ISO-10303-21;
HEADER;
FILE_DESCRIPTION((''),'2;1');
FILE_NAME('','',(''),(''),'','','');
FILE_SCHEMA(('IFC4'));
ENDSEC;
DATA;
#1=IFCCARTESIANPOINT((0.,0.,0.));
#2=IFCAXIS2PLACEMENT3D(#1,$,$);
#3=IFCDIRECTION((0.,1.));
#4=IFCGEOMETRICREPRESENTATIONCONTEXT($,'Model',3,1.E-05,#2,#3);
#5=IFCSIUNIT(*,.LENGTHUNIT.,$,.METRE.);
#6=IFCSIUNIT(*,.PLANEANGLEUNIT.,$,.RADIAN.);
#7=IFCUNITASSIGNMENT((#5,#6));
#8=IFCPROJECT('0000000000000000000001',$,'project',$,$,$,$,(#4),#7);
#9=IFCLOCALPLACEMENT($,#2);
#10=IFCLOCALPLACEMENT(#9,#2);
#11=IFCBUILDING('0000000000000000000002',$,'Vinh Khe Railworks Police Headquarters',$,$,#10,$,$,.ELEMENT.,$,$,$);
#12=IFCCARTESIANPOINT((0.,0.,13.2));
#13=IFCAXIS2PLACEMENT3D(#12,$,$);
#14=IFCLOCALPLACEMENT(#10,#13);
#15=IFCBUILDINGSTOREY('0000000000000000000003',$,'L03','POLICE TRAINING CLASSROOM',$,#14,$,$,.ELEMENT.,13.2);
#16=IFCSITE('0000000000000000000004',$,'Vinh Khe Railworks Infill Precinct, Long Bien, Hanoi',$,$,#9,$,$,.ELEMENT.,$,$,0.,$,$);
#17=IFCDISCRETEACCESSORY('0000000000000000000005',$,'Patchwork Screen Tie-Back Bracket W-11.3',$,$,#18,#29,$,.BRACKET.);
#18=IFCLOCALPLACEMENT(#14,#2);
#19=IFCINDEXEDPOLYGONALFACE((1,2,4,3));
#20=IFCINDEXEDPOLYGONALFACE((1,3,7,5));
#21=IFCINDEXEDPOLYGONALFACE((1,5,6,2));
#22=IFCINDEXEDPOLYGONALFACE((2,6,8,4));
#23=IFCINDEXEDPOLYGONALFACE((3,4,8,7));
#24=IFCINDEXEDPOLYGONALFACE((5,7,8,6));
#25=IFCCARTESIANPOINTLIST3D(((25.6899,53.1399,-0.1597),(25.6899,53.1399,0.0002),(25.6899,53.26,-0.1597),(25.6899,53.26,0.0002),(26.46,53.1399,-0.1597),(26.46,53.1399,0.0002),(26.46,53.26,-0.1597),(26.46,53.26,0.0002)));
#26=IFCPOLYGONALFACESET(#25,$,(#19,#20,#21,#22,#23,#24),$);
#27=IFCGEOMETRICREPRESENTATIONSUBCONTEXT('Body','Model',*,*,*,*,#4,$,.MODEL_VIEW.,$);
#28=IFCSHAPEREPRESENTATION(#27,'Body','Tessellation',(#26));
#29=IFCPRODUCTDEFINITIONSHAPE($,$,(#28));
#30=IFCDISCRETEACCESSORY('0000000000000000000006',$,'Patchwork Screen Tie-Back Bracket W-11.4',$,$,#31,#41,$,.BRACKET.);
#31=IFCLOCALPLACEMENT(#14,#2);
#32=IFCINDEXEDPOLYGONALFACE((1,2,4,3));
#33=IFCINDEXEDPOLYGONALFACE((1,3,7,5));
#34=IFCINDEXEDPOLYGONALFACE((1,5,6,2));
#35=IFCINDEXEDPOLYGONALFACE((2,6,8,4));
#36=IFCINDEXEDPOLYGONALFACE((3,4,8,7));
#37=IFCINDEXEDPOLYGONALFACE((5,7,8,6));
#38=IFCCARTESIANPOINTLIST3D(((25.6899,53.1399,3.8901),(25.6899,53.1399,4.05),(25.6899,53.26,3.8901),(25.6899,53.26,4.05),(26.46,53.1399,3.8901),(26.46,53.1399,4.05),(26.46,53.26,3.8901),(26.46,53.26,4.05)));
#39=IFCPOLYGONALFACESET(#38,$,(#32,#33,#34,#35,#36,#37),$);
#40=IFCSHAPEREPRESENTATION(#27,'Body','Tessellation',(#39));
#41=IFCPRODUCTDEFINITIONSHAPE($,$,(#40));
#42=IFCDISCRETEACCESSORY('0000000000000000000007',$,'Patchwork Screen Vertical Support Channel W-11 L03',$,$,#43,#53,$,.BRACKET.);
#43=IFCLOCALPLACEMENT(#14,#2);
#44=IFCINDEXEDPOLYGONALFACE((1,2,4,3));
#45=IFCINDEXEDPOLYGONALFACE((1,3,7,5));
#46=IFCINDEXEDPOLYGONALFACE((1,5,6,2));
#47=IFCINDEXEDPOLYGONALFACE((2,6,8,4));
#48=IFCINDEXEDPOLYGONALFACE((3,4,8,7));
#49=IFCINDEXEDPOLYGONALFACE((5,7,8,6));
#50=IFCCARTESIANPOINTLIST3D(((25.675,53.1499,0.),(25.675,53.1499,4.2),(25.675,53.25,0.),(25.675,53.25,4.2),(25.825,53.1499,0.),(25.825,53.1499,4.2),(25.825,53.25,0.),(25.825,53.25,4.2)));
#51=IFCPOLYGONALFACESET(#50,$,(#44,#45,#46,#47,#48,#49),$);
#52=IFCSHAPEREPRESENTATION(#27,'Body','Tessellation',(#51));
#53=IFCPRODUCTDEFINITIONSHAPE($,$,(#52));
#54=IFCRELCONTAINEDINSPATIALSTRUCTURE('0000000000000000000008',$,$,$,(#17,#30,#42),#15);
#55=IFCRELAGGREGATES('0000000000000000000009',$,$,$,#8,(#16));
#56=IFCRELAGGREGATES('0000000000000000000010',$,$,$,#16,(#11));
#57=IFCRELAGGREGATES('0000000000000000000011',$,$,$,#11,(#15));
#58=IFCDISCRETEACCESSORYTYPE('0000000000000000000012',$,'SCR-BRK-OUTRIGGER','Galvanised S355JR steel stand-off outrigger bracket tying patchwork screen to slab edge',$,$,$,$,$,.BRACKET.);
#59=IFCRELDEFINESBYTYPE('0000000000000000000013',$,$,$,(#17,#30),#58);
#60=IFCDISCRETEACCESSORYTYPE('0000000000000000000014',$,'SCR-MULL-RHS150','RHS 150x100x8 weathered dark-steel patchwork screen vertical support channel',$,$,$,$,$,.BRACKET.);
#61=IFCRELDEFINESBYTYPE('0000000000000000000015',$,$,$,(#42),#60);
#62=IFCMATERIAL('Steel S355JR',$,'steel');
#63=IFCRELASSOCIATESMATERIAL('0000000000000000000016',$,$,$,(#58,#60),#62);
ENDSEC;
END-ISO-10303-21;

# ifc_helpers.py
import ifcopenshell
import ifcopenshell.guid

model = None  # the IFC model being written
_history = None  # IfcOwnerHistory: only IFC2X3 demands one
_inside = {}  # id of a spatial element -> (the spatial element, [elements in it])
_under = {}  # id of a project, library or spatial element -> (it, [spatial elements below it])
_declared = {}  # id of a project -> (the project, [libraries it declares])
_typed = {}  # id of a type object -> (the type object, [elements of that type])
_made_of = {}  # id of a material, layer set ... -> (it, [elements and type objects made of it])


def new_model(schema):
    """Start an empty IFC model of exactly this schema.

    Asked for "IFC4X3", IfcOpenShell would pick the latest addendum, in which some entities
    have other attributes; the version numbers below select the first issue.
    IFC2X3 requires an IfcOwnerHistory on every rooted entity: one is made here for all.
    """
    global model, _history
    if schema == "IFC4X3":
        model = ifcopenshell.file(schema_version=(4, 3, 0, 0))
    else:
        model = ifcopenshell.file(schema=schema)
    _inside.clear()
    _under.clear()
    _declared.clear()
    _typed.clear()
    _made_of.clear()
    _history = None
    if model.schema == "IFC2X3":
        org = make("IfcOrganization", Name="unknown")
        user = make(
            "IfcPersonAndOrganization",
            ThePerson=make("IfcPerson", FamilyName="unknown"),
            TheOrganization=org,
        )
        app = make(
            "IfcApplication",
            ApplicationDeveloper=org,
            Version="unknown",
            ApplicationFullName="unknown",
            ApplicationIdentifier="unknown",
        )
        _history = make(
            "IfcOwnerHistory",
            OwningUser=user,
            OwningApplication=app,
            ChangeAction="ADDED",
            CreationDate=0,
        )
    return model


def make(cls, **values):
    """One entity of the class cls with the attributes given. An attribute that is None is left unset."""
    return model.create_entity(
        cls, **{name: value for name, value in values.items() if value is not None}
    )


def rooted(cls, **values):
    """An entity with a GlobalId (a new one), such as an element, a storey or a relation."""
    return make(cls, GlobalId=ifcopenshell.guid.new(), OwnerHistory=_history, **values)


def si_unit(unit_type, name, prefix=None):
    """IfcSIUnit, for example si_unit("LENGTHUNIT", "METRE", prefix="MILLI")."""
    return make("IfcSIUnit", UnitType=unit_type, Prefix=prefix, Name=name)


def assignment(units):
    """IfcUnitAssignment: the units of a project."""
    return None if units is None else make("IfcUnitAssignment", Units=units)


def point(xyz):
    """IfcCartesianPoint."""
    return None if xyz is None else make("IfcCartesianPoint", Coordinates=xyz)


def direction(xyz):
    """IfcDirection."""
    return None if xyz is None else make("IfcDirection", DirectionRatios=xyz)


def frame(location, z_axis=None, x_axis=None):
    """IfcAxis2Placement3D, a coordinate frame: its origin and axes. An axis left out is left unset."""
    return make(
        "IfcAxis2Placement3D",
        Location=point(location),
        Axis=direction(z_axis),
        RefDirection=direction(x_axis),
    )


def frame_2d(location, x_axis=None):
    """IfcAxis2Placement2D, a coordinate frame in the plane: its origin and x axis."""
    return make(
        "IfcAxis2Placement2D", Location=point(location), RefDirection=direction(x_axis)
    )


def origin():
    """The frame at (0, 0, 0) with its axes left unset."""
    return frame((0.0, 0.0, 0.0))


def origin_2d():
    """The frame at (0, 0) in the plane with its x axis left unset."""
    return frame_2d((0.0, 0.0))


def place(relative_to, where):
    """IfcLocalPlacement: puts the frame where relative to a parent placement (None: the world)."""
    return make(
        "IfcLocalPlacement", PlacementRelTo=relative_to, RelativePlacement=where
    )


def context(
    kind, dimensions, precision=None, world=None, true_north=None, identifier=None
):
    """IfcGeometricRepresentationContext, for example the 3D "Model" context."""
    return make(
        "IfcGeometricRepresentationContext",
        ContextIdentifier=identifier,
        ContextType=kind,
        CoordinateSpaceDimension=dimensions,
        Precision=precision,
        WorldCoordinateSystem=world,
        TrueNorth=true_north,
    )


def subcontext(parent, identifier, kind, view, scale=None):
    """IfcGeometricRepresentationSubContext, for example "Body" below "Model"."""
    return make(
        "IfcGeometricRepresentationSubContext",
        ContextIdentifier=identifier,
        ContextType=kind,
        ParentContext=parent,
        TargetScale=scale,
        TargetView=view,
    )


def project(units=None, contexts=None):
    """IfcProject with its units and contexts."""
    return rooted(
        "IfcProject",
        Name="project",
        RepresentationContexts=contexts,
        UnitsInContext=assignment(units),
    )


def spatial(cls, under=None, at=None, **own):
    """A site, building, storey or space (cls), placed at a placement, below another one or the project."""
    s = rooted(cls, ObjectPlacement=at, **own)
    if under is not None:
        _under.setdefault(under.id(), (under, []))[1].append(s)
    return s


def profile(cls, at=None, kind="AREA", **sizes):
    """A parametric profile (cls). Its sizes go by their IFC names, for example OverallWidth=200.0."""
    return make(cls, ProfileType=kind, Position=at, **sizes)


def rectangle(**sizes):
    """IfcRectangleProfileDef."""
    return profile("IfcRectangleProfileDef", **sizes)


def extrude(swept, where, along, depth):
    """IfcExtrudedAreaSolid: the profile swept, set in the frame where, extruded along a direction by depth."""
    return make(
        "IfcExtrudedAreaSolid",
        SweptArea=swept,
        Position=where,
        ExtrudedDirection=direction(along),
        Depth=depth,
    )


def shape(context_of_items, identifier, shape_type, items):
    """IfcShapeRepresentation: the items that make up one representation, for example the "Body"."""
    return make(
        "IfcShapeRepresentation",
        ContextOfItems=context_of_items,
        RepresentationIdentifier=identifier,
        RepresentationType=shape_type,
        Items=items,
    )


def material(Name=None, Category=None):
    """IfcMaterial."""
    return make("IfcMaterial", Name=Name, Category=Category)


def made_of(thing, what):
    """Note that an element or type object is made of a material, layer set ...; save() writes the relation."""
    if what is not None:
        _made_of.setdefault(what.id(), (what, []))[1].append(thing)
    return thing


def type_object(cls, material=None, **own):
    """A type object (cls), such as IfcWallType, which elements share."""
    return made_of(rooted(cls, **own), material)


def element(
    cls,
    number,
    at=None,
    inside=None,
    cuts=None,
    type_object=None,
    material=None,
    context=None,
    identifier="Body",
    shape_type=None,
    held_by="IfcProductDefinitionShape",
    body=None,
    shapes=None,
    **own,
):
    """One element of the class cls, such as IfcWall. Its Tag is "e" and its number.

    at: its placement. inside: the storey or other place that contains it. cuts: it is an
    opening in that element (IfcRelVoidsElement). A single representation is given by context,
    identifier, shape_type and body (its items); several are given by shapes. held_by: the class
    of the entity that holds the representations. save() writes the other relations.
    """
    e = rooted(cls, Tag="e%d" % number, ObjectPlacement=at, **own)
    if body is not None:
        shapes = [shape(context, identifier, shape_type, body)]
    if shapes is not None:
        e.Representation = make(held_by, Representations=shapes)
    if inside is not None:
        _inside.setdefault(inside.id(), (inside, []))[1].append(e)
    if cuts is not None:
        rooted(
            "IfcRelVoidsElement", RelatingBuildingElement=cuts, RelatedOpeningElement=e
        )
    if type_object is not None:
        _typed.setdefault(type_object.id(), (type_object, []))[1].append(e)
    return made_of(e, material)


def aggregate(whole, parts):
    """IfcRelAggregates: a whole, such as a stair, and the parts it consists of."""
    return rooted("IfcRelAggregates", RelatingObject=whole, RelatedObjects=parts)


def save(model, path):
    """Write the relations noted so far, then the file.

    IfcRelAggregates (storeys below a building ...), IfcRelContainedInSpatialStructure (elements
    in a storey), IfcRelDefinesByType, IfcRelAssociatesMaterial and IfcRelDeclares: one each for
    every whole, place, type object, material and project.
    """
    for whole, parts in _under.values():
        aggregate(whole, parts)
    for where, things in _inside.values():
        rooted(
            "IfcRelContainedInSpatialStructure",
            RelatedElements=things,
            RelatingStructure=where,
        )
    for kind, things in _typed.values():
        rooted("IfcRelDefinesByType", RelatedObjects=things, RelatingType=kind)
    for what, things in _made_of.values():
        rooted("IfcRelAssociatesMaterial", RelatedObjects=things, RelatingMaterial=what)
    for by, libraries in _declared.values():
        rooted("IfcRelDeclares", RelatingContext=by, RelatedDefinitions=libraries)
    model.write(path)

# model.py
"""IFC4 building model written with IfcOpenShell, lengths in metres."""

from ifc_helpers import new_model, si_unit, direction, frame, origin, origin_2d, place, context, subcontext, project, spatial, rectangle, extrude, material, type_object, element, save


model = new_model("IFC4")

# Units and contexts
model_context = context("Model", 3, precision=1e-05, world=origin(), true_north=direction((0.0, 1.0)))
body_context = subcontext(model_context, "Body", "Model", "MODEL_VIEW")
ifc_project = project(units=[si_unit("LENGTHUNIT", "METRE"), si_unit("PLANEANGLEUNIT", "RADIAN")], contexts=[model_context])

# Site, building, storey
site_placement = place(None, origin())
site = spatial("IfcSite", under=ifc_project, at=site_placement, Name="Vinh Khe Railworks Infill Precinct, Long Bien, Hanoi", CompositionType="ELEMENT", RefElevation=0.0)
building_placement = place(site_placement, origin())
building = spatial("IfcBuilding", under=site, at=building_placement, Name="Vinh Khe Railworks Police Headquarters", CompositionType="ELEMENT")
storey_placement = place(building_placement, frame((0.0, 0.0, 13.2)))
storey = spatial("IfcBuildingStorey", under=building, at=storey_placement, Name="L03", Description="POLICE TRAINING CLASSROOM", CompositionType="ELEMENT", Elevation=13.2)

# Shared definitions
ifc_material_1 = material(Name="Steel S355JR", Category="steel")

# Discrete accessories
discrete_accessory_type_1 = type_object("IfcDiscreteAccessoryType", Name="SCR-BRK-OUTRIGGER", Description="Galvanised S355JR steel stand-off outrigger bracket tying patchwork screen to slab edge", PredefinedType="BRACKET", material=ifc_material_1)
for number, where, z_axis, x_axis, name in (
    (1, (26.075, 53.2, -0.1597), (0.0, 0.0, 1.0), (1.0, 0.0, 0.0), "Patchwork Screen Tie-Back Bracket W-11.3"),
    (2, (26.075, 53.2, 3.8901), (0.0, 0.0, 1.0), (1.0, 0.0, 0.0), "Patchwork Screen Tie-Back Bracket W-11.4"),
):
    element("IfcDiscreteAccessory", number, at=place(storey_placement, frame(where, z_axis=z_axis, x_axis=x_axis)), inside=storey, type_object=discrete_accessory_type_1, Name=name, PredefinedType="BRACKET", context=body_context, shape_type="SweptSolid", body=[
        extrude(rectangle(XDim=0.77, YDim=0.1201, at=origin_2d()), origin(), (0.0, 0.0, 1.0), 0.1599),
    ])
discrete_accessory_type_2 = type_object("IfcDiscreteAccessoryType", Name="SCR-MULL-RHS150", Description="RHS 150x100x8 weathered dark-steel patchwork screen vertical support channel", PredefinedType="BRACKET", material=ifc_material_1)
discrete_accessory_placement = place(storey_placement, frame((25.75, 53.2, 0.0), z_axis=(0.0, 0.0, 1.0), x_axis=(1.0, 0.0, 0.0)))
element("IfcDiscreteAccessory", 3, at=discrete_accessory_placement, inside=storey, type_object=discrete_accessory_type_2, Name="Patchwork Screen Vertical Support Channel W-11 L03", PredefinedType="BRACKET", context=body_context, shape_type="SweptSolid", body=[
    extrude(rectangle(XDim=0.1499, YDim=0.1001, at=origin_2d()), origin(), (0.0, 0.0, 1.0), 4.2),
])

save(model, "model.ifc")
